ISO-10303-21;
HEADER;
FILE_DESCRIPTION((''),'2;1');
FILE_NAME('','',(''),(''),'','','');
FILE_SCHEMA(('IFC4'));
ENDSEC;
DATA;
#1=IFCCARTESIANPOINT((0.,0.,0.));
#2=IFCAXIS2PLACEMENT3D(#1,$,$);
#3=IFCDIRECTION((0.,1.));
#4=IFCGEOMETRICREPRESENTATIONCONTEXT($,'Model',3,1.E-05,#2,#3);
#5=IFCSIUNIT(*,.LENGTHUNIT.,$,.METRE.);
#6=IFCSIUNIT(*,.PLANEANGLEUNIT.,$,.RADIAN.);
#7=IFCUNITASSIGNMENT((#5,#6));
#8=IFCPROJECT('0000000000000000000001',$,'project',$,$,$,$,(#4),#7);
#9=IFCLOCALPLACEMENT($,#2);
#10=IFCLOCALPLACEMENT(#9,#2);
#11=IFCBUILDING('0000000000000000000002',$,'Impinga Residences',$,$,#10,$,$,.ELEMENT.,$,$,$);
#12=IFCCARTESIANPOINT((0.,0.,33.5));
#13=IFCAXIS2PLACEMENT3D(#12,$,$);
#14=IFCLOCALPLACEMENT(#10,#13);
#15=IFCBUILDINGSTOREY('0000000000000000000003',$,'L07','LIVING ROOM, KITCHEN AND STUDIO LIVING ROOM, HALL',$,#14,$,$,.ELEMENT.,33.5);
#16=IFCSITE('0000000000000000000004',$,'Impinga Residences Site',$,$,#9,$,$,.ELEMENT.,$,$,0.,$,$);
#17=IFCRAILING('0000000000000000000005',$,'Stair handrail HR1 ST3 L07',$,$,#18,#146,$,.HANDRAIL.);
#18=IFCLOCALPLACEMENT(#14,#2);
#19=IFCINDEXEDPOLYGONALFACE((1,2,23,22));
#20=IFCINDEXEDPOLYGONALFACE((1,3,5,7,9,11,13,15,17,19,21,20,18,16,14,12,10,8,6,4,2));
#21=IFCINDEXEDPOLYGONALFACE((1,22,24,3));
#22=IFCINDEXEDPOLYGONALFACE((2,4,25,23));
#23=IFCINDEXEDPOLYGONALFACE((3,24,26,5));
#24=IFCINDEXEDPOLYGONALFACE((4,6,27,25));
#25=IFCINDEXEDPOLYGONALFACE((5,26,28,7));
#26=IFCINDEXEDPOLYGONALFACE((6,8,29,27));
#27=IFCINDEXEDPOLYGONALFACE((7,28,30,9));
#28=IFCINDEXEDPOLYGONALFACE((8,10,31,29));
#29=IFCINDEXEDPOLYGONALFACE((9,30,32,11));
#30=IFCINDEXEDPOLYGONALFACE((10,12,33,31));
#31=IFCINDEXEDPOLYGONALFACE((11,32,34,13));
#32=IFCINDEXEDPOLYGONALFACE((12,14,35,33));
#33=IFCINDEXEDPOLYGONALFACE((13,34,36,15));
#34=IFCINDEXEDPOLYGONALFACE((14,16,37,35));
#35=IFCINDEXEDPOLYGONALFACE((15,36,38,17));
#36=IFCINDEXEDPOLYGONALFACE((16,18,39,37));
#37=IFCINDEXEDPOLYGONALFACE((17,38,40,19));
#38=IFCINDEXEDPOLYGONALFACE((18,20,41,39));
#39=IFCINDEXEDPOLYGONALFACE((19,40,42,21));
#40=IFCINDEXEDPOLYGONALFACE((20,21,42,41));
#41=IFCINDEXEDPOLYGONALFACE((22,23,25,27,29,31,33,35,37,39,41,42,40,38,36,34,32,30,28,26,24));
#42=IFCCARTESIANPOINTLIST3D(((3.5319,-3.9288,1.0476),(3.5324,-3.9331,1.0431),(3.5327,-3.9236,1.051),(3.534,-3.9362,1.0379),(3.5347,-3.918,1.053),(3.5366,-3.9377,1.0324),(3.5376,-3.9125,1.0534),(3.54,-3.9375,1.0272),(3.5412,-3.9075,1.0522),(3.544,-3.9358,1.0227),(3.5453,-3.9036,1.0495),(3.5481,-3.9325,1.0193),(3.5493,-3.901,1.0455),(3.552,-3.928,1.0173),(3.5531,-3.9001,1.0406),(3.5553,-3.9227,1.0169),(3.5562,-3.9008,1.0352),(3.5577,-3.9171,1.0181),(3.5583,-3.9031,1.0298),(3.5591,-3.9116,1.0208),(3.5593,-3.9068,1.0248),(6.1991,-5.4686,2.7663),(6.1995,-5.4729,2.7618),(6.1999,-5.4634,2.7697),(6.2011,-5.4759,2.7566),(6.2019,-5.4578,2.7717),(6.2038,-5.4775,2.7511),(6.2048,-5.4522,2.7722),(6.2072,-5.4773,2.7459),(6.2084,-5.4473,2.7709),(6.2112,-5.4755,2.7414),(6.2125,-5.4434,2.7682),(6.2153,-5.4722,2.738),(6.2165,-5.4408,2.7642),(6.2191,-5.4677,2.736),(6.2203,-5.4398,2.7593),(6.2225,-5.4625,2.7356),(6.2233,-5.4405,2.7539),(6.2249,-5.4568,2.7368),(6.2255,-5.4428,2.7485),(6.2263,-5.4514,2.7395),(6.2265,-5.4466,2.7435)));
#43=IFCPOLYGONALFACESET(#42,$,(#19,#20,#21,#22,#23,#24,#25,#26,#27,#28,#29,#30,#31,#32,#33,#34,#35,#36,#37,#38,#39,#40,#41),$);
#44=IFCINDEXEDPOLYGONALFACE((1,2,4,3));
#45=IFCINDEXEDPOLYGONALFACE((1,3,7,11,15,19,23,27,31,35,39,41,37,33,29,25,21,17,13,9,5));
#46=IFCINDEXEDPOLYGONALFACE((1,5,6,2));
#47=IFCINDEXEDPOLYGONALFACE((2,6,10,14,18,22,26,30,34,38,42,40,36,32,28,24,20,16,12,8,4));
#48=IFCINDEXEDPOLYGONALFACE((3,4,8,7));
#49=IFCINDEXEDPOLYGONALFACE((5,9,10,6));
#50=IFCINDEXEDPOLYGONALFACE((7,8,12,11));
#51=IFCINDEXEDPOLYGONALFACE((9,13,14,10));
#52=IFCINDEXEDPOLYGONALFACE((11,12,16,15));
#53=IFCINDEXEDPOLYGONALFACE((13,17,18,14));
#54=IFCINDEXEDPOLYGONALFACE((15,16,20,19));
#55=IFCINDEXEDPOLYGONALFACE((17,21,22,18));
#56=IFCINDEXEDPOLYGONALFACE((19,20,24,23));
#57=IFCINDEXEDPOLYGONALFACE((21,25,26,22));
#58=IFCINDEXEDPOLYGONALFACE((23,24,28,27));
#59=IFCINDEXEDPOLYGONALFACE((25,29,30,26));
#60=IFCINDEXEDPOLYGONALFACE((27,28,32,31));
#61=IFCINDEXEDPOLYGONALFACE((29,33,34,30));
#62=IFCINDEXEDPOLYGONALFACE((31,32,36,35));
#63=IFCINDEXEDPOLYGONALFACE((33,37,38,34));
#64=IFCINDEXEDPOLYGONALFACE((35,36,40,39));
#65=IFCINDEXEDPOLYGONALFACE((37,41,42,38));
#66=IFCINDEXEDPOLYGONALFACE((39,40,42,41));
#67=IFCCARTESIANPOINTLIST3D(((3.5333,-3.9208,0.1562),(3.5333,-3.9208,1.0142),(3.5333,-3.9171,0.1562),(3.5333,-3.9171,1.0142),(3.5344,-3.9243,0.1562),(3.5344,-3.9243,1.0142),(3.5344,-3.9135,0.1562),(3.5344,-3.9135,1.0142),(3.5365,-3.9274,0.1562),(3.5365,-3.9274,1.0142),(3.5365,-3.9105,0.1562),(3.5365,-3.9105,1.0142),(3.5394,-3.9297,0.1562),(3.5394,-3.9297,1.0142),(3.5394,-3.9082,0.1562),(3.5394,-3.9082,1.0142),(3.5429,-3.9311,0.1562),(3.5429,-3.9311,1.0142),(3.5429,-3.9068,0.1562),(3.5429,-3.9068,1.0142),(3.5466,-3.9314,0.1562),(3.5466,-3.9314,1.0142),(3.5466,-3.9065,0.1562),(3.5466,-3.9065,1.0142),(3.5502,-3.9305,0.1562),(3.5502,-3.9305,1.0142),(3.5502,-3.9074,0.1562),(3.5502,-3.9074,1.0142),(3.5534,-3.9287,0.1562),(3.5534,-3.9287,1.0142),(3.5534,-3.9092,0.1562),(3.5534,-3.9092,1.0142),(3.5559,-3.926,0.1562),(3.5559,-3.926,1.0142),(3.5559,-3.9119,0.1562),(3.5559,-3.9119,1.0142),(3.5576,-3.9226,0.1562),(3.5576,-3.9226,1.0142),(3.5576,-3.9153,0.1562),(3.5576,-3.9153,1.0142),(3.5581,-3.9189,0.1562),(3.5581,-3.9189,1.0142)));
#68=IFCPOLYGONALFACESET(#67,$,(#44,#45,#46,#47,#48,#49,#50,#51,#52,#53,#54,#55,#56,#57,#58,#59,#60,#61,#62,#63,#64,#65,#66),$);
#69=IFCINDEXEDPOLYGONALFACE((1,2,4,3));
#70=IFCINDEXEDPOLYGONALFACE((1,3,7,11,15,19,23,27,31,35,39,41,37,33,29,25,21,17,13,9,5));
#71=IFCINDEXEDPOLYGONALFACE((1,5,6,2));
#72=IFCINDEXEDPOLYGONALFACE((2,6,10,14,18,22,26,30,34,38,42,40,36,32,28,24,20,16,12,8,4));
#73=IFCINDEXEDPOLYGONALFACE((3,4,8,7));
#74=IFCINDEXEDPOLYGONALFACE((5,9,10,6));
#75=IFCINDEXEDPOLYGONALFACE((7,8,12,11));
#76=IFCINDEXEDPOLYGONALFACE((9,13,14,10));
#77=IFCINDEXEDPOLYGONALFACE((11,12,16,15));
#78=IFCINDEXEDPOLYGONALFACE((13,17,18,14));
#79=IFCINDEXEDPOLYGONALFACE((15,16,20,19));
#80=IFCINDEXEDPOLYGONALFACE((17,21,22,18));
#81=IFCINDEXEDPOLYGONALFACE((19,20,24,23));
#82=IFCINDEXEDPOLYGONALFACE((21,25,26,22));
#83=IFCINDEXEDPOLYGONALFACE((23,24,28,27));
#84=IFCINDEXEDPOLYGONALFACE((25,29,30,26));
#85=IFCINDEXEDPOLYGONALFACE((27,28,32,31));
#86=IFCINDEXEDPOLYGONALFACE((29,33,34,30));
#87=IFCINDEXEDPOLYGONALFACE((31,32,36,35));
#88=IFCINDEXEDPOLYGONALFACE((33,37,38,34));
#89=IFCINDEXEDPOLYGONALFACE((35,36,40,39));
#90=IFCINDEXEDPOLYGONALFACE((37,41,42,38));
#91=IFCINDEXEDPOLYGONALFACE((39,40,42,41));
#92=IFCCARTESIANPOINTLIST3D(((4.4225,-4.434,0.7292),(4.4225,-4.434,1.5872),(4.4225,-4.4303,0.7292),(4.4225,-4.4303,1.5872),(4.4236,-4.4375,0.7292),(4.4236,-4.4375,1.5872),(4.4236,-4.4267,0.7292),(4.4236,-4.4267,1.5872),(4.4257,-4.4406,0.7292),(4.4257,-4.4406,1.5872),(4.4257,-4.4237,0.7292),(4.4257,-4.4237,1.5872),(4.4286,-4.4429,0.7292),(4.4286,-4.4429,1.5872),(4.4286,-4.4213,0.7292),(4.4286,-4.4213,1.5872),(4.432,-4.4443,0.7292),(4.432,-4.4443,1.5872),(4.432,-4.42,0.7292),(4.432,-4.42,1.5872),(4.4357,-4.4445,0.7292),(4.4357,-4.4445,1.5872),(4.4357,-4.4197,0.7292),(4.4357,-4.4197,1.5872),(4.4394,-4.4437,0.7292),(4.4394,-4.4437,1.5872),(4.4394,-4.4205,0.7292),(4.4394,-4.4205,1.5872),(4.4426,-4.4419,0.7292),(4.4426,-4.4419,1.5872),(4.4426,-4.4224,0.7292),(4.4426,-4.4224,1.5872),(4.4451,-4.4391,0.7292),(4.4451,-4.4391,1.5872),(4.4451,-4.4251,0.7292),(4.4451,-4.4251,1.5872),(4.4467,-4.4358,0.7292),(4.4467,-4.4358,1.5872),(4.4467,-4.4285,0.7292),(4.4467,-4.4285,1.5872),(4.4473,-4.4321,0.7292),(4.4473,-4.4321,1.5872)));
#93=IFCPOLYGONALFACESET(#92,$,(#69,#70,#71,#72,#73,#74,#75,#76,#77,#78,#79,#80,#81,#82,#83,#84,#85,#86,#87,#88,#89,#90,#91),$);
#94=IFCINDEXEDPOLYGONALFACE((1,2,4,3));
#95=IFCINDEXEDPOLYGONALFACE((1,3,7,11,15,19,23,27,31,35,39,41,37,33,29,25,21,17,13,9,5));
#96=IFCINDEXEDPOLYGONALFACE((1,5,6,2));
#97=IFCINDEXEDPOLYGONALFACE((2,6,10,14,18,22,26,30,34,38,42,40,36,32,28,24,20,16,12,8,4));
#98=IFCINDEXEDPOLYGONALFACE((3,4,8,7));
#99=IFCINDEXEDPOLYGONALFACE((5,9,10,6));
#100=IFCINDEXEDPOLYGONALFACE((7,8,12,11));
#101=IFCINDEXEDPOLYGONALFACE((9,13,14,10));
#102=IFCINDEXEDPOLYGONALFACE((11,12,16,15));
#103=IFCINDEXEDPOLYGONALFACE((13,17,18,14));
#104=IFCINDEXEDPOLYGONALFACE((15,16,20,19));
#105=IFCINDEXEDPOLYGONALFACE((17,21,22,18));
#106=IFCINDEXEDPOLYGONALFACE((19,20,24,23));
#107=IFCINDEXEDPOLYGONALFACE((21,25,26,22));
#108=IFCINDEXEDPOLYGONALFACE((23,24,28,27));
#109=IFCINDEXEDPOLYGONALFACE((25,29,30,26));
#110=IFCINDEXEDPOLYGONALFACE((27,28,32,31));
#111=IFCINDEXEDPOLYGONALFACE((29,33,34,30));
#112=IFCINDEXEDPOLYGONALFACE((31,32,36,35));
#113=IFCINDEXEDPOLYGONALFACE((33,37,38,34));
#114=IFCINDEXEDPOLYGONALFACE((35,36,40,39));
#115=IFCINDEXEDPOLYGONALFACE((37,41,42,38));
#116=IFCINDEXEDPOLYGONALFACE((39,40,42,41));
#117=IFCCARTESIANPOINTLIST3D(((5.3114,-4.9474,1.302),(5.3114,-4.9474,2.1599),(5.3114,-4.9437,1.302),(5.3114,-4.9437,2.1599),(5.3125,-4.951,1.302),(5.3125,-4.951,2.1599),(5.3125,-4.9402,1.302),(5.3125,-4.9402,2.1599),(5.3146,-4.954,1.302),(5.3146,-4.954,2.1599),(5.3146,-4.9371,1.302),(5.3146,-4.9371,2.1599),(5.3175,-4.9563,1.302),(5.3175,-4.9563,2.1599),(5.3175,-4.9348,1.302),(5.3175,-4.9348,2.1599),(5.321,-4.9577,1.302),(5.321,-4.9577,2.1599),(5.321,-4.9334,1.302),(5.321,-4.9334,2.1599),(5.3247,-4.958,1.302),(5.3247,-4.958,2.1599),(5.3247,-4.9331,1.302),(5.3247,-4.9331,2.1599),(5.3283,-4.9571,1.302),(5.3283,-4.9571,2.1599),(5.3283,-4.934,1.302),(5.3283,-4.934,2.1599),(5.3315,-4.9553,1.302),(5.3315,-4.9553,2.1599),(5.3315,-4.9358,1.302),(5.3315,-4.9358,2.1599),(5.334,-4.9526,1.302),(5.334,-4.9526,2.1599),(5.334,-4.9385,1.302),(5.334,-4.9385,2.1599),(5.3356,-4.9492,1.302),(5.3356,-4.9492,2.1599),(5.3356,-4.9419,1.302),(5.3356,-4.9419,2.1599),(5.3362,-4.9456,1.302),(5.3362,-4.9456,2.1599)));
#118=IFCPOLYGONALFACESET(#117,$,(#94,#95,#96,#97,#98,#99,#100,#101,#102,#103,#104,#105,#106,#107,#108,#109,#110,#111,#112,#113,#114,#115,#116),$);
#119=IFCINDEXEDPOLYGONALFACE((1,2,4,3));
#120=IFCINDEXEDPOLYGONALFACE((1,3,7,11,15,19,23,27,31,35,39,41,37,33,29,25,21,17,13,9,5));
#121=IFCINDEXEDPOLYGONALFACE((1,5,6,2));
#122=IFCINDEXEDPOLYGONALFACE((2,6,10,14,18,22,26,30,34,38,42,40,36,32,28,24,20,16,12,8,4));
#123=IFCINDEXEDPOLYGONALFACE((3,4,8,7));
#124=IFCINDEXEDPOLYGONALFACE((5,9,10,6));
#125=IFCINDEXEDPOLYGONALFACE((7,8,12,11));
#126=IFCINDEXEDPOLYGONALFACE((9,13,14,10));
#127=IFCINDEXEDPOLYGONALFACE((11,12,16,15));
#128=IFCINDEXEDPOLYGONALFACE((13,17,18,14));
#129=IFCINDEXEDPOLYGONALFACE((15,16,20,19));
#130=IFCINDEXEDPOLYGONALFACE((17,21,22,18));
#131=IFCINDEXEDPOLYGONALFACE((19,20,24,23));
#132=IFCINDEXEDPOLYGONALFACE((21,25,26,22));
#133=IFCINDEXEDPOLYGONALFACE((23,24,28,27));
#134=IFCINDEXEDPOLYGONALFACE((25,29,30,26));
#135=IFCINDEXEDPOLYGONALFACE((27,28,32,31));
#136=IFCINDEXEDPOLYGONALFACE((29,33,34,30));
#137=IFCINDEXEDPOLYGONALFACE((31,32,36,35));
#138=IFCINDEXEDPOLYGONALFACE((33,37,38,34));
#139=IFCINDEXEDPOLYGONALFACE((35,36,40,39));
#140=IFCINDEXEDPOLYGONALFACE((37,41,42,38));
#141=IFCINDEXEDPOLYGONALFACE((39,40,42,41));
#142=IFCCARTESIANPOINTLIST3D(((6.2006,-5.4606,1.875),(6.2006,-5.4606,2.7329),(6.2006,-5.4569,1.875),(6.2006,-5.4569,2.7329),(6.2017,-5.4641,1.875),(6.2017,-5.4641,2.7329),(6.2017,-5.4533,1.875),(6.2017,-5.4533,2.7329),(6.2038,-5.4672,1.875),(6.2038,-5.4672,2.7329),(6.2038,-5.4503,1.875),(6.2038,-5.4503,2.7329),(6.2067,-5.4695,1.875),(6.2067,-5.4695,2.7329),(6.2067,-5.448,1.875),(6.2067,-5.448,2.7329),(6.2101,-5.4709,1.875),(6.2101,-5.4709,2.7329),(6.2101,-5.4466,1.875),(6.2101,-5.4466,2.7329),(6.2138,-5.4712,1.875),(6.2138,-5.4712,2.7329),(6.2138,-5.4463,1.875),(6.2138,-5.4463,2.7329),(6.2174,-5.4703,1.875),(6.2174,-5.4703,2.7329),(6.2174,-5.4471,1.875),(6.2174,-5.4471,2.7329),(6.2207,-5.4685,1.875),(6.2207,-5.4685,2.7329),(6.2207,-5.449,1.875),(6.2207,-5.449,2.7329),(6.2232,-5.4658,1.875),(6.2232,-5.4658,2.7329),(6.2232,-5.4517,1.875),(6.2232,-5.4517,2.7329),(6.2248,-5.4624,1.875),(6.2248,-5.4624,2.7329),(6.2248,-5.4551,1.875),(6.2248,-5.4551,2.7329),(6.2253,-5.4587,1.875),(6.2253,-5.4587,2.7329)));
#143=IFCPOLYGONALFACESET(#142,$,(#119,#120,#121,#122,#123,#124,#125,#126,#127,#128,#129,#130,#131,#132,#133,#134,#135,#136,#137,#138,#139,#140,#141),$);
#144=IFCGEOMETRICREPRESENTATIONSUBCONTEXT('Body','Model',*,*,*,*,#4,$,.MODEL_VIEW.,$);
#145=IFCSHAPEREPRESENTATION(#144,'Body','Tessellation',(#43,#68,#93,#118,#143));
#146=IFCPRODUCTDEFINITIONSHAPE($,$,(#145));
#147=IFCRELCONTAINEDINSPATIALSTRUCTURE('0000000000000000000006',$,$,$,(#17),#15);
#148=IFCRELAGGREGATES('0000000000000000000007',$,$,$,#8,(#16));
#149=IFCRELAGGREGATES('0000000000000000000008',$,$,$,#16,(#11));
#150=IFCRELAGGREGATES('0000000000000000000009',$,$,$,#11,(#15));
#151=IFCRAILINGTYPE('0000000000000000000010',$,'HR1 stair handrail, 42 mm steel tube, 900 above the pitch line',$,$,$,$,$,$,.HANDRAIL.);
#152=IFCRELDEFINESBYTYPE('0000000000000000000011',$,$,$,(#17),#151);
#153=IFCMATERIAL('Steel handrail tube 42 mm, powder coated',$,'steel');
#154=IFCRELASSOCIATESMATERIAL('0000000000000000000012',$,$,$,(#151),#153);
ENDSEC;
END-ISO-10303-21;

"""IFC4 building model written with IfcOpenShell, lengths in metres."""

from ifc_helpers import new_model, si_unit, direction, frame, origin, origin_2d, place, context, subcontext, project, spatial, circle, extrude, material, type_object, element, save


model = new_model("IFC4")

# Units and contexts
model_context = context("Model", 3, precision=1e-05, world=origin(), true_north=direction((0.0, 1.0)))
body_context = subcontext(model_context, "Body", "Model", "MODEL_VIEW")
ifc_project = project(units=[si_unit("LENGTHUNIT", "METRE"), si_unit("PLANEANGLEUNIT", "RADIAN")], contexts=[model_context])

# Site, building, storey
site_placement = place(None, origin())
site = spatial("IfcSite", under=ifc_project, at=site_placement, Name="Impinga Residences Site", CompositionType="ELEMENT", RefElevation=0.0)
building_placement = place(site_placement, origin())
building = spatial("IfcBuilding", under=site, at=building_placement, Name="Impinga Residences", CompositionType="ELEMENT")
storey_placement = place(building_placement, frame((0.0, 0.0, 33.5)))
storey = spatial("IfcBuildingStorey", under=building, at=storey_placement, Name="L07", Description="LIVING ROOM, KITCHEN AND STUDIO LIVING ROOM, HALL", CompositionType="ELEMENT", Elevation=33.5)

# Railing
ifc_material_1 = material(Name="Steel handrail tube 42 mm, powder coated", Category="steel")
railing_type = type_object("IfcRailingType", Name="HR1 stair handrail, 42 mm steel tube, 900 above the pitch line", PredefinedType="HANDRAIL", material=ifc_material_1)
railing_placement = place(storey_placement, frame((3.5457, -3.9189, 0.1562)))
element("IfcRailing", 1, at=railing_placement, inside=storey, type_object=railing_type, Name="Stair handrail HR1 ST3 L07", PredefinedType="HANDRAIL", context=body_context, shape_type="SweptSolid", body=[
    extrude(circle(Radius=0.021, at=origin_2d()), frame((0.0, 0.0, 0.8789), z_axis=(0.756249, -0.436582, 0.487322), x_axis=(0.499967, 0.866044, 0.0)), (0.0, 0.0, 1.0), 3.5269),
    extrude(circle(Radius=0.0125, at=origin_2d()), origin(), (0.0, 0.0, 1.0), 0.8579),
    extrude(circle(Radius=0.0125, at=origin_2d()), frame((0.8892, -0.5132, 0.573)), (0.0, 0.0, 1.0), 0.8579),
    extrude(circle(Radius=0.0125, at=origin_2d()), frame((1.7781, -1.0266, 1.1458)), (0.0, 0.0, 1.0), 0.8579),
    extrude(circle(Radius=0.0125, at=origin_2d()), frame((2.6672, -1.5398, 1.7188)), (0.0, 0.0, 1.0), 0.8579),
])

save(model, "model.ifc")
